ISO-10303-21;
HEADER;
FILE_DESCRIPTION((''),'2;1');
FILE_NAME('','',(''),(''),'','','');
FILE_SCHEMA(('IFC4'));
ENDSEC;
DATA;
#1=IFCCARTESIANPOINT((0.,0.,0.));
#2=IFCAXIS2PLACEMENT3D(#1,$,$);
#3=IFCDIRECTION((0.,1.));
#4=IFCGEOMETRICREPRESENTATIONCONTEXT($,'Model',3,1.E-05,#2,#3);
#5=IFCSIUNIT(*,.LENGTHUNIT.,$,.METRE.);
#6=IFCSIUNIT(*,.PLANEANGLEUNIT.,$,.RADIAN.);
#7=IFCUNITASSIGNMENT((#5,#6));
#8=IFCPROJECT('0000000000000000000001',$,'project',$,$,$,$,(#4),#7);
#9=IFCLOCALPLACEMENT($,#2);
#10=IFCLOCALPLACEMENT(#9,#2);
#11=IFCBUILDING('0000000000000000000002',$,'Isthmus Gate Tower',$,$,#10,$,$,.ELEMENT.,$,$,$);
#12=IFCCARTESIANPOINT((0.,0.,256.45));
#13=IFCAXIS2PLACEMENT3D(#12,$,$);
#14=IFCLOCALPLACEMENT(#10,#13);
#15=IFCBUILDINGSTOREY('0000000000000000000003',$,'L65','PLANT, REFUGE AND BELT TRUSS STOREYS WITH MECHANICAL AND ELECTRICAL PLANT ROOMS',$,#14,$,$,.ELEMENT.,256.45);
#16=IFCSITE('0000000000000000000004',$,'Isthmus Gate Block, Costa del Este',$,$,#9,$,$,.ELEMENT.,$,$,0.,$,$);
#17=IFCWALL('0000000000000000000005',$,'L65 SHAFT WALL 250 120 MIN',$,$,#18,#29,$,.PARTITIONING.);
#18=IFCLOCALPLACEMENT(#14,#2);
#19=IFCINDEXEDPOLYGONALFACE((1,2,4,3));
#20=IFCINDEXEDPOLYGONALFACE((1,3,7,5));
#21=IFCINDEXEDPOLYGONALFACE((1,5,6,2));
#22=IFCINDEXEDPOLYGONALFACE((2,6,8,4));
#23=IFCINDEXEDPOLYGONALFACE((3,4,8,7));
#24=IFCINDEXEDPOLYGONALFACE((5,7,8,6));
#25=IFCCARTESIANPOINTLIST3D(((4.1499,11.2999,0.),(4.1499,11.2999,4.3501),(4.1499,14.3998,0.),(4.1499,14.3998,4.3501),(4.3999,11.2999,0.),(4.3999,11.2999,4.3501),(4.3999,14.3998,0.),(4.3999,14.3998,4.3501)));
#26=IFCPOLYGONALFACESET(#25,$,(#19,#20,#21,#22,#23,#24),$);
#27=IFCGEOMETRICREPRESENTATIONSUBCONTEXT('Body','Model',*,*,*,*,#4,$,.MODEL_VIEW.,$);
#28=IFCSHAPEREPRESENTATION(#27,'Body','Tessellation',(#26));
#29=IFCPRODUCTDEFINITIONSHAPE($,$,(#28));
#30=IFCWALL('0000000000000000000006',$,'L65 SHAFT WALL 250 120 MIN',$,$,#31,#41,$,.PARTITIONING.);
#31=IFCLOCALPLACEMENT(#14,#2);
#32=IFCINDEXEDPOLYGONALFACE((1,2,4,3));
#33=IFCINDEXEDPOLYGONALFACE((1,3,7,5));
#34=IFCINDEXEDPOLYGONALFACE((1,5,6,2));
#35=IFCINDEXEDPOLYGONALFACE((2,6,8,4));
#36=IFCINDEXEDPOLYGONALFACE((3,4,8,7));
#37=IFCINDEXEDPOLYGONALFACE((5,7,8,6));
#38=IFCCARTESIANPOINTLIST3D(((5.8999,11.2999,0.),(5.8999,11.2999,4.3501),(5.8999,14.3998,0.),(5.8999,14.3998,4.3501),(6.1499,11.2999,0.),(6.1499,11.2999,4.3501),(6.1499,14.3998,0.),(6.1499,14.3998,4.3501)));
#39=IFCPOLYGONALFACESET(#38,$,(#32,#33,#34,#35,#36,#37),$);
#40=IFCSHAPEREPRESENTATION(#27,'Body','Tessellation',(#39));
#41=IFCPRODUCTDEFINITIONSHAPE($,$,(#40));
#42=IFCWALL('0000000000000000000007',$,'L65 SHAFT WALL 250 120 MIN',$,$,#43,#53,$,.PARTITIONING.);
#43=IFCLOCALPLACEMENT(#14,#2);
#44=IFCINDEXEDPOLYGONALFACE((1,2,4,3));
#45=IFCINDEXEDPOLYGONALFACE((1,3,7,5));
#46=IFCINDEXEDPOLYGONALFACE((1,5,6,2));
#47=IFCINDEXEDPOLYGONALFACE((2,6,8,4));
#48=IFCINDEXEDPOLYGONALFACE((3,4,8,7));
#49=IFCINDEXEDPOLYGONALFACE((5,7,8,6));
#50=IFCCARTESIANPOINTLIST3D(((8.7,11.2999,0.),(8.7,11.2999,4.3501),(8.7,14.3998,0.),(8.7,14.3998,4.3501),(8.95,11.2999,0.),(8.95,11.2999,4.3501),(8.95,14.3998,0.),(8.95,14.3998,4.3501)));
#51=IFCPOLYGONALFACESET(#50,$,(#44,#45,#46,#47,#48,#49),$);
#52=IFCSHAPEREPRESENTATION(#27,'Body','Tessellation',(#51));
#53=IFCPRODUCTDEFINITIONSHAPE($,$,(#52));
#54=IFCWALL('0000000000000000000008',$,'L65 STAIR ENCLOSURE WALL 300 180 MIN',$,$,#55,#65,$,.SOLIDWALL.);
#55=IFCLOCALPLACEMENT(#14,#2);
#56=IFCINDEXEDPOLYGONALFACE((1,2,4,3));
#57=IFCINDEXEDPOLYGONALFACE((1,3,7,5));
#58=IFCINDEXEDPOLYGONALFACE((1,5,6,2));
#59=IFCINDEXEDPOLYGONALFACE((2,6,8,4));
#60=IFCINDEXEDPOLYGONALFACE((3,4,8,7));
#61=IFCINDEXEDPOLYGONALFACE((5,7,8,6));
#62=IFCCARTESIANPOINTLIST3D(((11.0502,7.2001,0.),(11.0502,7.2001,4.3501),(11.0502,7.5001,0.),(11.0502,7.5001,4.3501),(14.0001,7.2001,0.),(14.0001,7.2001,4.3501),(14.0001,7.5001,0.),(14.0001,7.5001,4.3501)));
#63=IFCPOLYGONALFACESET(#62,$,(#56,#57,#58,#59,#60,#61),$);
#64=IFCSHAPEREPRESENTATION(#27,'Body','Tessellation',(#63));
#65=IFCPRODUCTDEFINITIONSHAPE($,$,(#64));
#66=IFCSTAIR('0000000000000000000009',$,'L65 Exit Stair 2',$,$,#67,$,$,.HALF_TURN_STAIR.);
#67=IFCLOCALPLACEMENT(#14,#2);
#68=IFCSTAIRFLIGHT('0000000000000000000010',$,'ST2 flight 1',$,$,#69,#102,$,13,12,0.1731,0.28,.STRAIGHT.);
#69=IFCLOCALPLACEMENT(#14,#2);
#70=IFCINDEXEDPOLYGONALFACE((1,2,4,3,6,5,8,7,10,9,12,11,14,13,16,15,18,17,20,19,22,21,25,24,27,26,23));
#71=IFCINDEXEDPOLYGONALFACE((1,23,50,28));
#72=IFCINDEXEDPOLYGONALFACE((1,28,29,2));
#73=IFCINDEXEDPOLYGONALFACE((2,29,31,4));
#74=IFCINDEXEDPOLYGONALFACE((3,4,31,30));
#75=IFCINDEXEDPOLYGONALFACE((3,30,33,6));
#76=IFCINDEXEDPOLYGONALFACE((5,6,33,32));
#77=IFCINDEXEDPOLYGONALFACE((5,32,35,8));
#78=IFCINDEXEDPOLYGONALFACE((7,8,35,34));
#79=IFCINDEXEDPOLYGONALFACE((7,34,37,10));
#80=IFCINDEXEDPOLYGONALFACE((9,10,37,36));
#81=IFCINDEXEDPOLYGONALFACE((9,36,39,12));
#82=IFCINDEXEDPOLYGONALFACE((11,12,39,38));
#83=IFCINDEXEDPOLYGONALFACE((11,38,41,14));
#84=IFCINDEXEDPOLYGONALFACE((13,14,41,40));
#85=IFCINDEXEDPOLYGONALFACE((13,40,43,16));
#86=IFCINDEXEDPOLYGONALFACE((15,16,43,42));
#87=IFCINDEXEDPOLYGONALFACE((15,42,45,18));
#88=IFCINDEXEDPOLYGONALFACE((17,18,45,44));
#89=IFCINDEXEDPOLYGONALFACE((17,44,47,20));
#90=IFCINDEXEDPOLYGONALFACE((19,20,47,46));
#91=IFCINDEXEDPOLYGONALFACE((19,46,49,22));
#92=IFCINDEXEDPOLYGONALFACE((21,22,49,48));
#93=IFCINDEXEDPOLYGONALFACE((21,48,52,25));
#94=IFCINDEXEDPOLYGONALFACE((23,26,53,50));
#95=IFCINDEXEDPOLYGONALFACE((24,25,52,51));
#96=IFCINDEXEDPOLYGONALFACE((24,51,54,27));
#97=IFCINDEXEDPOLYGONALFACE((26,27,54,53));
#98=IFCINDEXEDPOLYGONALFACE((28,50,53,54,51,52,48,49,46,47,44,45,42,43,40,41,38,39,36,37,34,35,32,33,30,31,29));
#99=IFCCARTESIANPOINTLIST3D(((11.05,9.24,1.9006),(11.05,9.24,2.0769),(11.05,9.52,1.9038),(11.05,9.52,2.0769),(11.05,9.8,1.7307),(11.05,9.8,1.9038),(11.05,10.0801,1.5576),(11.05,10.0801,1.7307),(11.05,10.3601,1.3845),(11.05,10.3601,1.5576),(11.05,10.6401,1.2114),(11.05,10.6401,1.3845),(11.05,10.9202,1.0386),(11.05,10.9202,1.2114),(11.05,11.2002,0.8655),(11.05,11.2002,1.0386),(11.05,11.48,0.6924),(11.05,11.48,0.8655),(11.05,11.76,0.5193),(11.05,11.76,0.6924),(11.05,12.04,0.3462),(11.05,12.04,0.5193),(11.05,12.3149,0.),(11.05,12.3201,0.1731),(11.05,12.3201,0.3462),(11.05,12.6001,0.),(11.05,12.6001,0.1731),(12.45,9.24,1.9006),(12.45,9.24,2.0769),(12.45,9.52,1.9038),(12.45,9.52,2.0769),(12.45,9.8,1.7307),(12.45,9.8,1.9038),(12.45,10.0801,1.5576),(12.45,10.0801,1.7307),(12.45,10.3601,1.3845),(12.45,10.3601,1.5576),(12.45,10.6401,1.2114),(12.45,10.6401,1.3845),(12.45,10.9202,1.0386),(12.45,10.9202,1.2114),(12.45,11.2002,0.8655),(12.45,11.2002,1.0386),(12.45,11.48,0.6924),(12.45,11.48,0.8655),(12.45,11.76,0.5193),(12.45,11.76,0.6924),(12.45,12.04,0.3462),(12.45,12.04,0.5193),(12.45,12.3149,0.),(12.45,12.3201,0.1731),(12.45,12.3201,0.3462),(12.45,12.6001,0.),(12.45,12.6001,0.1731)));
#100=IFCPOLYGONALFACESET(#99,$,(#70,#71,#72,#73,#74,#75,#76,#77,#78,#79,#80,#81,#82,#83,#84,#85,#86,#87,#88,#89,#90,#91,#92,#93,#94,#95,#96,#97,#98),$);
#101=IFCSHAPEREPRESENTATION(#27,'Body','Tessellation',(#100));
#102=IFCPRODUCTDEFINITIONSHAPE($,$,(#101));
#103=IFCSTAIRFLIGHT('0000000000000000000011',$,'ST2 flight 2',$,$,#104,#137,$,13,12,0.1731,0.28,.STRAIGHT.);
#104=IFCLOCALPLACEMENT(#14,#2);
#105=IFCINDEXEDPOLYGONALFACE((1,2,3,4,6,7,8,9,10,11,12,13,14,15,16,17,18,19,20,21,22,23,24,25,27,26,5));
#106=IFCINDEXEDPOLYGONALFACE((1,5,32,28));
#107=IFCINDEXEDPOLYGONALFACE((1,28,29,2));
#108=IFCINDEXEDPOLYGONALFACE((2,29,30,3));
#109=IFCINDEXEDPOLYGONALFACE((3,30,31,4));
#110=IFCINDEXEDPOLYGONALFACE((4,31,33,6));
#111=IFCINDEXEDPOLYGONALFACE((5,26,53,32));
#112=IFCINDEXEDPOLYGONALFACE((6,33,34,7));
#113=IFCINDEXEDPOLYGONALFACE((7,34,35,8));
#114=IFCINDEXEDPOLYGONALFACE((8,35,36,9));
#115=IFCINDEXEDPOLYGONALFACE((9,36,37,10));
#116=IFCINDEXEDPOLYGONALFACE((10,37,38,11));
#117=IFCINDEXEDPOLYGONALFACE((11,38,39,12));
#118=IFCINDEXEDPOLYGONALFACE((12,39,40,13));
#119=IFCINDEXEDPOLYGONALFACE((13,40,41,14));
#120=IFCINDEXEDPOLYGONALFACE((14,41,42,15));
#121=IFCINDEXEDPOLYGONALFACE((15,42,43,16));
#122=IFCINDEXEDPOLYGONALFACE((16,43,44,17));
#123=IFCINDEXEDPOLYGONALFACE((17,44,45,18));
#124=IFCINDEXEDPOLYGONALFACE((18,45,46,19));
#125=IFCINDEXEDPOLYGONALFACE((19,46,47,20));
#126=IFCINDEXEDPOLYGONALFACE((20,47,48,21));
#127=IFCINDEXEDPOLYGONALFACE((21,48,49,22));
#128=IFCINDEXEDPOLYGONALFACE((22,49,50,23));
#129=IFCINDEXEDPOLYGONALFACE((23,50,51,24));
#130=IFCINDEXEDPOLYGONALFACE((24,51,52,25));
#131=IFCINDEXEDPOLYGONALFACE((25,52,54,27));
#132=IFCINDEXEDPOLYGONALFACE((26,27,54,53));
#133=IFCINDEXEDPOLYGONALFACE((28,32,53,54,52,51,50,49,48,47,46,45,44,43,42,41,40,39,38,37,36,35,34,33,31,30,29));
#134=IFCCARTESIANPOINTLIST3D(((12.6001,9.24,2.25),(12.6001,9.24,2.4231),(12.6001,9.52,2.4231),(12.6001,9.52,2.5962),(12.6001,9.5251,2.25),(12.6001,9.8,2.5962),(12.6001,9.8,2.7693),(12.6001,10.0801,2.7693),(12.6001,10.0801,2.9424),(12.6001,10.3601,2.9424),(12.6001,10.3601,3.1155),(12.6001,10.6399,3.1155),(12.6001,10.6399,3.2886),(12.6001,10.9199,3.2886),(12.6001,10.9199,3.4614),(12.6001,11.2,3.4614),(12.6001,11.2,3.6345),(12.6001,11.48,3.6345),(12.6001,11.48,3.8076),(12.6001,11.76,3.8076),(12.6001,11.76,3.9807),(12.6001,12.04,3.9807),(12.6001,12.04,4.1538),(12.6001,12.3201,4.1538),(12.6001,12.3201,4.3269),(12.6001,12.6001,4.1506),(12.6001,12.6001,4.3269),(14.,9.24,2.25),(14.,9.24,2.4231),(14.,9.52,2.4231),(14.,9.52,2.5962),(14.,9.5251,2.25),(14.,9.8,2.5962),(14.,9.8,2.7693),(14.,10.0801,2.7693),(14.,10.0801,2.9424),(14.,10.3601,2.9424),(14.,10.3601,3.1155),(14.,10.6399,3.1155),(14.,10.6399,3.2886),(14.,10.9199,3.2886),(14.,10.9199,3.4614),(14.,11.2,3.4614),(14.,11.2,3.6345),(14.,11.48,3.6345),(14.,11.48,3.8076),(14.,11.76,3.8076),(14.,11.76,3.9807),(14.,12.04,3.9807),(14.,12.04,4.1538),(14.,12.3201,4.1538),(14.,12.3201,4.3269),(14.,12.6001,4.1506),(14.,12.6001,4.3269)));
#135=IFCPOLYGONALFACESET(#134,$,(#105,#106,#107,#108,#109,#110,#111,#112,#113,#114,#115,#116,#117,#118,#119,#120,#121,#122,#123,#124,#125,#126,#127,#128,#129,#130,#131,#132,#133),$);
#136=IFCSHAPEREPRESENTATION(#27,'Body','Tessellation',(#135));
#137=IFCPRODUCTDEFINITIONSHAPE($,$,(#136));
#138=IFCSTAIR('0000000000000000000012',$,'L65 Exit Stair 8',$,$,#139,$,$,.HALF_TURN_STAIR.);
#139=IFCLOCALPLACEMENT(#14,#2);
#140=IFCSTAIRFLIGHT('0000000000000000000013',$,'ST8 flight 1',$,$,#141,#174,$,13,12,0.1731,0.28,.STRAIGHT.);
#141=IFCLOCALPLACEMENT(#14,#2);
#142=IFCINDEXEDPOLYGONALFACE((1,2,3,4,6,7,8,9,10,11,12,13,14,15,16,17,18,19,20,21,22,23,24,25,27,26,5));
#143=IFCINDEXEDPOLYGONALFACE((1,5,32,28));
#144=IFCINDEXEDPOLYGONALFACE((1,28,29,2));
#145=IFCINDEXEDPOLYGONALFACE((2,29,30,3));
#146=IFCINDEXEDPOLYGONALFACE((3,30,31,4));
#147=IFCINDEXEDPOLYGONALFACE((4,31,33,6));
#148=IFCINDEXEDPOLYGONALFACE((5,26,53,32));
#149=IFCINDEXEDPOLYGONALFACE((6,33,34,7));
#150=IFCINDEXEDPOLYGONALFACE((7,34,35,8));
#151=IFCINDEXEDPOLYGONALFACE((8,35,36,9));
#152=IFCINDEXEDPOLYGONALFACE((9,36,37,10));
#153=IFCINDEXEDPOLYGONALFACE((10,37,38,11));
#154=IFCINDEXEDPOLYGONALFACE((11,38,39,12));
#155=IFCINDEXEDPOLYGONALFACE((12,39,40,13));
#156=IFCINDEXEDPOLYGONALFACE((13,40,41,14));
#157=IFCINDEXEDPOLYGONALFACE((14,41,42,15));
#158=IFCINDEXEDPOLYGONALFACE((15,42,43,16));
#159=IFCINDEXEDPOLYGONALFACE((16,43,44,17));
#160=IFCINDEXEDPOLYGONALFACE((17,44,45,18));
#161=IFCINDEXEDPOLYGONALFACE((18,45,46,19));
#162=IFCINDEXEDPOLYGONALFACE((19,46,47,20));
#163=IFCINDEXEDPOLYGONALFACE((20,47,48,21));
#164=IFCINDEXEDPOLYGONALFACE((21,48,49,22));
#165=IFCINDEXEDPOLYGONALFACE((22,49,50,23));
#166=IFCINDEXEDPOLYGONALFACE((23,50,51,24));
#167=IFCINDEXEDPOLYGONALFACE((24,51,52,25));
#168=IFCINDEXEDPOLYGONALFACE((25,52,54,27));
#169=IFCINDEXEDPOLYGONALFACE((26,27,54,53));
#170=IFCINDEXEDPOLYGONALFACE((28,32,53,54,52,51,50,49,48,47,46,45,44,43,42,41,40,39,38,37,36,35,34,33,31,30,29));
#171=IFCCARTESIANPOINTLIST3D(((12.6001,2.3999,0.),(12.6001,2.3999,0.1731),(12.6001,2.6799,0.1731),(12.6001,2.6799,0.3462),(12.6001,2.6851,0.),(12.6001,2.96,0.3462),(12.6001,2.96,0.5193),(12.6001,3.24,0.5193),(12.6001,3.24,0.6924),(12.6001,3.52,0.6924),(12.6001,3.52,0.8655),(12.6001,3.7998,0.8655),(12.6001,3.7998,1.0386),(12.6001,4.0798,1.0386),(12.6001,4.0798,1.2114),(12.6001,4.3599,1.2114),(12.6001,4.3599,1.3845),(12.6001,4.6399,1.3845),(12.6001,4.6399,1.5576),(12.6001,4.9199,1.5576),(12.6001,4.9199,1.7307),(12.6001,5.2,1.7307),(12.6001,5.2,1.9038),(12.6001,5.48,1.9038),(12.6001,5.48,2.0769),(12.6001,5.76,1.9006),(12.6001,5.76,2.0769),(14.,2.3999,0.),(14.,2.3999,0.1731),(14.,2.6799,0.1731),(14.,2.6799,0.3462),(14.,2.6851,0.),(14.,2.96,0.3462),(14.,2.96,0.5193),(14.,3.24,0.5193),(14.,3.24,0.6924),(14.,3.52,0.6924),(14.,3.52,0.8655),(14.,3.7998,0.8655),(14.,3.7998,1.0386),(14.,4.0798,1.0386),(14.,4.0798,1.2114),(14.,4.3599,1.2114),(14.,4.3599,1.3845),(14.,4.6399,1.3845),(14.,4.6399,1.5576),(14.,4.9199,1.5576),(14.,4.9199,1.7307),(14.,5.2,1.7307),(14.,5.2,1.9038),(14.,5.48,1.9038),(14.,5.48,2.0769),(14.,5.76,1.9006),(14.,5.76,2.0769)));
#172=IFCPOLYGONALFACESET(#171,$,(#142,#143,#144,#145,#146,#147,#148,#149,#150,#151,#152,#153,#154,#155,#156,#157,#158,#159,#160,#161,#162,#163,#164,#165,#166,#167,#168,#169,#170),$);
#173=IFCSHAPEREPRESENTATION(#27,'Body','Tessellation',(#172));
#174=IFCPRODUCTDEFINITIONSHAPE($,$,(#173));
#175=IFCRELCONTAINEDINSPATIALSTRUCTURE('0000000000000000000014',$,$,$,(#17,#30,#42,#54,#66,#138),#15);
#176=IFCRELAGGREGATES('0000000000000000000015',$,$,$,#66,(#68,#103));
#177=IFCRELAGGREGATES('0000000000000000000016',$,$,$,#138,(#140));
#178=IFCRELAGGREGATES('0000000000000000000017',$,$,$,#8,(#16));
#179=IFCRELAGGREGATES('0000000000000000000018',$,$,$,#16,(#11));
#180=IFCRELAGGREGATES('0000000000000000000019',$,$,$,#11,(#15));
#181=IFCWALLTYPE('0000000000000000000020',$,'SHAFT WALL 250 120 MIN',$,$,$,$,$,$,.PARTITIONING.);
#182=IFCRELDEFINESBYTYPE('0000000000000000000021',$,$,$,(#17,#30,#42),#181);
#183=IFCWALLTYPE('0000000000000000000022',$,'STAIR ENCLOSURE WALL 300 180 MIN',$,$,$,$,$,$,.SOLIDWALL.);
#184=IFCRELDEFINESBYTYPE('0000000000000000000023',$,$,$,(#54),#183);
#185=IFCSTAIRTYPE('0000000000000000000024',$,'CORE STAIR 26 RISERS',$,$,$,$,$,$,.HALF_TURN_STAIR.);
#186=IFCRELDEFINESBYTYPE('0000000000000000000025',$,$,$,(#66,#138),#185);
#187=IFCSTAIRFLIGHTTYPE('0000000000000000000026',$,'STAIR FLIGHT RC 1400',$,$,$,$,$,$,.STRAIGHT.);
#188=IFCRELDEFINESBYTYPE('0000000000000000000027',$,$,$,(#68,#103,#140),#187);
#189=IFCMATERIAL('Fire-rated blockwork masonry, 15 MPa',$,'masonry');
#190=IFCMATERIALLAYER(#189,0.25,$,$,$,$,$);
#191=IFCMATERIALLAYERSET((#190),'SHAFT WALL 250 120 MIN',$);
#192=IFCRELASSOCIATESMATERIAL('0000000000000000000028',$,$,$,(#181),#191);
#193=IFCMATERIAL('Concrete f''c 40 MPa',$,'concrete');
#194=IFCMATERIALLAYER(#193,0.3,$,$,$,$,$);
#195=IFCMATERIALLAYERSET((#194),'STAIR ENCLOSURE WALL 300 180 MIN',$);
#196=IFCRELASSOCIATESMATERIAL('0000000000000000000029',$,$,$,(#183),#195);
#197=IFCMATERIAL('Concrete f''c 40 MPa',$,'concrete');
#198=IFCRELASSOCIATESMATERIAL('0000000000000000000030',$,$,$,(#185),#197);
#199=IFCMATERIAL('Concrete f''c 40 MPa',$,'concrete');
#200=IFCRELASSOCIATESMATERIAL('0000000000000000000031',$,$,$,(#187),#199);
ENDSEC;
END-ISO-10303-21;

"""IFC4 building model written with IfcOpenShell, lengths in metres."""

from ifc_helpers import new_model, si_unit, direction, frame, frame_2d, origin, place, context, subcontext, project, spatial, polyline, rectangle, outline, extrude, material, layer, layer_set, type_object, element, aggregate, save


model = new_model("IFC4")

# Units and contexts
model_context = context("Model", 3, precision=1e-05, world=origin(), true_north=direction((0.0, 1.0)))
body_context = subcontext(model_context, "Body", "Model", "MODEL_VIEW")
ifc_project = project(units=[si_unit("LENGTHUNIT", "METRE"), si_unit("PLANEANGLEUNIT", "RADIAN")], contexts=[model_context])

# Site, building, storey
site_placement = place(None, origin())
site = spatial("IfcSite", under=ifc_project, at=site_placement, Name="Isthmus Gate Block, Costa del Este", CompositionType="ELEMENT", RefElevation=0.0)
building_placement = place(site_placement, origin())
building = spatial("IfcBuilding", under=site, at=building_placement, Name="Isthmus Gate Tower", CompositionType="ELEMENT")
storey_placement = place(building_placement, frame((0.0, 0.0, 256.45)))
storey = spatial("IfcBuildingStorey", under=building, at=storey_placement, Name="L65", Description="PLANT, REFUGE AND BELT TRUSS STOREYS WITH MECHANICAL AND ELECTRICAL PLANT ROOMS", CompositionType="ELEMENT", Elevation=256.45)

# Walls
ifc_material_1 = material(Name="Fire-rated blockwork masonry, 15 MPa", Category="masonry")
ifc_layer_1 = layer(ifc_material_1, 0.25)
ifc_layer_set_1 = layer_set([ifc_layer_1], Name="SHAFT WALL 250 120 MIN")
wall_type_1 = type_object("IfcWallType", Name="SHAFT WALL 250 120 MIN", PredefinedType="PARTITIONING", material=ifc_layer_set_1)
for number, where, z_axis, x_axis, name in (
    (1, (4.2749, 11.3, 0.0), (0.0, 0.0, 1.0), (0.0, 1.0, 0.0), "L65 SHAFT WALL 250 120 MIN"),
    (2, (6.0249, 11.3, 0.0), (0.0, 0.0, 1.0), (0.0, 1.0, 0.0), "L65 SHAFT WALL 250 120 MIN"),
    (3, (8.825, 11.3, 0.0), (0.0, 0.0, 1.0), (0.0, 1.0, 0.0), "L65 SHAFT WALL 250 120 MIN"),
):
    element("IfcWall", number, at=place(storey_placement, frame(where, z_axis=z_axis, x_axis=x_axis)), inside=storey, type_object=wall_type_1, Name=name, PredefinedType="PARTITIONING", context=body_context, shape_type="SweptSolid", body=[
        extrude(rectangle(XDim=3.0999, YDim=0.25, at=frame_2d((1.5498, 0.0))), origin(), (0.0, 0.0, 1.0), 4.3501),
    ])
ifc_material_2 = material(Name="Concrete f'c 40 MPa", Category="concrete")
ifc_layer_2 = layer(ifc_material_2, 0.3)
ifc_layer_set_2 = layer_set([ifc_layer_2], Name="STAIR ENCLOSURE WALL 300 180 MIN")
wall_type_2 = type_object("IfcWallType", Name="STAIR ENCLOSURE WALL 300 180 MIN", PredefinedType="SOLIDWALL", material=ifc_layer_set_2)
wall_1_placement = place(storey_placement, frame((11.05, 7.3501, 0.0), z_axis=(0.0, 0.0, 1.0), x_axis=(1.0, 0.0, 0.0)))
element("IfcWall", 4, at=wall_1_placement, inside=storey, type_object=wall_type_2, Name="L65 STAIR ENCLOSURE WALL 300 180 MIN", PredefinedType="SOLIDWALL", context=body_context, shape_type="SweptSolid", body=[
    extrude(rectangle(XDim=2.95, YDim=0.3, at=frame_2d((1.4751, 0.0))), origin(), (0.0, 0.0, 1.0), 4.3501),
])

# Stairs, stair flights
ifc_material_3 = material(Name="Concrete f'c 40 MPa", Category="concrete")
stair_type = type_object("IfcStairType", Name="CORE STAIR 26 RISERS", PredefinedType="HALF_TURN_STAIR", material=ifc_material_3)
stair_1_placement = place(storey_placement, origin())
stair_1 = element("IfcStair", 5, at=stair_1_placement, inside=storey, type_object=stair_type, Name="L65 Exit Stair 2", PredefinedType="HALF_TURN_STAIR")
ifc_material_4 = material(Name="Concrete f'c 40 MPa", Category="concrete")
stair_flight_type = type_object("IfcStairFlightType", Name="STAIR FLIGHT RC 1400", PredefinedType="STRAIGHT", material=ifc_material_4)
stair_flight_1_placement = place(storey_placement, frame((11.75, 12.6001, 0.0), z_axis=(0.0, 0.0, 1.0), x_axis=(0.0, -1.0, 0.0)))
stair_flight_1 = element("IfcStairFlight", 6, at=stair_flight_1_placement, type_object=stair_flight_type, Name="ST2 flight 1", NumberOfRisers=13, NumberOfTreads=12, PredefinedType="STRAIGHT", RiserHeight=0.1731, TreadLength=0.28, context=body_context, shape_type="SweptSolid", body=[
    extrude(outline(polyline([(0.0, 0.0), (0.0, 0.1731), (0.28, 0.1731), (0.28, 0.3462), (0.5601, 0.3462), (0.5601, 0.5193), (0.8401, 0.5193), (0.8401, 0.6924), (1.1201, 0.6924), (1.1201, 0.8655), (1.3999, 0.8655), (1.3999, 1.0386), (1.6799, 1.0386), (1.6799, 1.2114), (1.96, 1.2114), (1.96, 1.3845), (2.24, 1.3845), (2.24, 1.5576), (2.52, 1.5576), (2.52, 1.7307), (2.8, 1.7307), (2.8, 1.9038), (3.0801, 1.9038), (3.0801, 2.0769), (3.3601, 2.0769), (3.3601, 2.25), (3.3601, 1.9006), (0.2852, 0.0), (0.0, 0.0)])), frame((0.0, 0.7, 0.0), z_axis=(0.0, -1.0, 0.0), x_axis=(1.0, 0.0, 0.0)), (0.0, 0.0, 1.0), 1.3999),
])
stair_flight_2_placement = place(storey_placement, frame((13.3, 9.24, 2.25), z_axis=(0.0, 0.0, 1.0), x_axis=(0.0, 1.0, 0.0)))
stair_flight_2 = element("IfcStairFlight", 7, at=stair_flight_2_placement, type_object=stair_flight_type, Name="ST2 flight 2", NumberOfRisers=13, NumberOfTreads=12, PredefinedType="STRAIGHT", RiserHeight=0.1731, TreadLength=0.28, context=body_context, shape_type="SweptSolid", body=[
    extrude(outline(polyline([(0.0, 0.0), (0.0, 0.1731), (0.28, 0.1731), (0.28, 0.3462), (0.5601, 0.3462), (0.5601, 0.5193), (0.8401, 0.5193), (0.8401, 0.6924), (1.1201, 0.6924), (1.1201, 0.8655), (1.3999, 0.8655), (1.3999, 1.0386), (1.6799, 1.0386), (1.6799, 1.2114), (1.96, 1.2114), (1.96, 1.3845), (2.24, 1.3845), (2.24, 1.5576), (2.52, 1.5576), (2.52, 1.7307), (2.8, 1.7307), (2.8, 1.9038), (3.0801, 1.9038), (3.0801, 2.0769), (3.3601, 2.0769), (3.3601, 2.25), (3.3601, 1.9006), (0.2852, 0.0), (0.0, 0.0)])), frame((0.0, 0.7, 0.0), z_axis=(0.0, -1.0, 0.0), x_axis=(1.0, 0.0, 0.0)), (0.0, 0.0, 1.0), 1.3999),
])
aggregate(stair_1, [stair_flight_1, stair_flight_2])
stair_2_placement = place(storey_placement, origin())
stair_2 = element("IfcStair", 8, at=stair_2_placement, inside=storey, type_object=stair_type, Name="L65 Exit Stair 8", PredefinedType="HALF_TURN_STAIR")
stair_flight_3_placement = place(storey_placement, frame((13.3, 2.3999, 0.0), z_axis=(0.0, 0.0, 1.0), x_axis=(0.0, 1.0, 0.0)))
stair_flight_3 = element("IfcStairFlight", 9, at=stair_flight_3_placement, type_object=stair_flight_type, Name="ST8 flight 1", NumberOfRisers=13, NumberOfTreads=12, PredefinedType="STRAIGHT", RiserHeight=0.1731, TreadLength=0.28, context=body_context, shape_type="SweptSolid", body=[
    extrude(outline(polyline([(0.0, 0.0), (0.0, 0.1731), (0.28, 0.1731), (0.28, 0.3462), (0.5601, 0.3462), (0.5601, 0.5193), (0.8401, 0.5193), (0.8401, 0.6924), (1.1201, 0.6924), (1.1201, 0.8655), (1.3999, 0.8655), (1.3999, 1.0386), (1.6799, 1.0386), (1.6799, 1.2114), (1.96, 1.2114), (1.96, 1.3845), (2.24, 1.3845), (2.24, 1.5576), (2.52, 1.5576), (2.52, 1.7307), (2.8, 1.7307), (2.8, 1.9038), (3.0801, 1.9038), (3.0801, 2.0769), (3.3601, 2.0769), (3.3601, 2.25), (3.3601, 1.9006), (0.2852, 0.0), (0.0, 0.0)])), frame((0.0, 0.7, 0.0), z_axis=(0.0, -1.0, 0.0), x_axis=(1.0, 0.0, 0.0)), (0.0, 0.0, 1.0), 1.3999),
])
aggregate(stair_2, [stair_flight_3])

save(model, "model.ifc")
